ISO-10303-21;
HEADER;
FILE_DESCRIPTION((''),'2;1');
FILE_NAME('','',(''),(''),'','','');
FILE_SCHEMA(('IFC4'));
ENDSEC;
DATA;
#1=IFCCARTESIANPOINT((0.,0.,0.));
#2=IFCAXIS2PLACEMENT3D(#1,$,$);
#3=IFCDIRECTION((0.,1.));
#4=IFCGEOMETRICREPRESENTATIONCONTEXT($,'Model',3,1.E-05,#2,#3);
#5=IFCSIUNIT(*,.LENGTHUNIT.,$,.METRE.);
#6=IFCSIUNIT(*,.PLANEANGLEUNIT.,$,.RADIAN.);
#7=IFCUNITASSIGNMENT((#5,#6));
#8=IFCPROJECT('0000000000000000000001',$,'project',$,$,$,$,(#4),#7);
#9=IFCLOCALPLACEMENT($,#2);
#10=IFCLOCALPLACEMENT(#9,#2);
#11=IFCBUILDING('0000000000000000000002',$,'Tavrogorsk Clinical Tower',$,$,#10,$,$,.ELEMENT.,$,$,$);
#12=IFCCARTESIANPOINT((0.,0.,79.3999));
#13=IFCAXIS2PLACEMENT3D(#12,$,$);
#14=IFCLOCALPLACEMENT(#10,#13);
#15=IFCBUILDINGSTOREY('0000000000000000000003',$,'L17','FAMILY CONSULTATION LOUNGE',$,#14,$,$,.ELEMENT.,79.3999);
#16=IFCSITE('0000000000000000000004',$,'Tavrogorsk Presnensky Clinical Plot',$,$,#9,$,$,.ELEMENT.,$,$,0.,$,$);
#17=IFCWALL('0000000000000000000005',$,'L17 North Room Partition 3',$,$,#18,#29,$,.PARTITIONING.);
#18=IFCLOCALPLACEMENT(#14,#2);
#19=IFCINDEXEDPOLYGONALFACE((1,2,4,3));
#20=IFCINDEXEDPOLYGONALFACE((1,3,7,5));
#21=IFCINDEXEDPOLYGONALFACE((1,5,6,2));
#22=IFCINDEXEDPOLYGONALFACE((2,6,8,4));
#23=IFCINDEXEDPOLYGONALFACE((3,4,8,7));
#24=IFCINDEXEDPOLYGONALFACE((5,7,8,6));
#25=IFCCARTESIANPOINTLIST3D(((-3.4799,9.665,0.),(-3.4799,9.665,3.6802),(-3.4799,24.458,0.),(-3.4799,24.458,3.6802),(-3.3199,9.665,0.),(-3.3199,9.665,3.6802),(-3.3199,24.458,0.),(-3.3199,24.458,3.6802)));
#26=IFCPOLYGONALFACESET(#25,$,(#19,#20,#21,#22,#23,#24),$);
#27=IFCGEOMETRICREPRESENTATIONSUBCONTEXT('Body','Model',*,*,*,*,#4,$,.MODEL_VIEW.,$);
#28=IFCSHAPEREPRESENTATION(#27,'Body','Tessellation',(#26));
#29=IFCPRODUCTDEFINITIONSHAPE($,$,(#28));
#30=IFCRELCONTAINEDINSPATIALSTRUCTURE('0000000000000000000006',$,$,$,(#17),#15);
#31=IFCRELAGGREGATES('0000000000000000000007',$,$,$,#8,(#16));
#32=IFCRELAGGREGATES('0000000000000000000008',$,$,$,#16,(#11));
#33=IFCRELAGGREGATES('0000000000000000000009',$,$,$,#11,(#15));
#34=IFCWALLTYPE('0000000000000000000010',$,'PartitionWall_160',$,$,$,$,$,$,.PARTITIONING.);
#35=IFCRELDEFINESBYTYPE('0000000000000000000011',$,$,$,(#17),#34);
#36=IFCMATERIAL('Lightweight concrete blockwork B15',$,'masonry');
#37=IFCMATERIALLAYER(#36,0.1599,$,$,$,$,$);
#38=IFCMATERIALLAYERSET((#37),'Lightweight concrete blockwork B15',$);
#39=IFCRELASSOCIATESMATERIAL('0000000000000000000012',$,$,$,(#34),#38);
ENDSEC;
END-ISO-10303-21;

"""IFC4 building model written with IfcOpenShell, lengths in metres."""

from ifc_helpers import new_model, si_unit, direction, frame, frame_2d, origin, place, context, subcontext, project, spatial, rectangle, extrude, material, layer, layer_set, type_object, element, save


model = new_model("IFC4")

# Units and contexts
model_context = context("Model", 3, precision=1e-05, world=origin(), true_north=direction((0.0, 1.0)))
body_context = subcontext(model_context, "Body", "Model", "MODEL_VIEW")
ifc_project = project(units=[si_unit("LENGTHUNIT", "METRE"), si_unit("PLANEANGLEUNIT", "RADIAN")], contexts=[model_context])

# Site, building, storey
site_placement = place(None, origin())
site = spatial("IfcSite", under=ifc_project, at=site_placement, Name="Tavrogorsk Presnensky Clinical Plot", CompositionType="ELEMENT", RefElevation=0.0)
building_placement = place(site_placement, origin())
building = spatial("IfcBuilding", under=site, at=building_placement, Name="Tavrogorsk Clinical Tower", CompositionType="ELEMENT")
storey_placement = place(building_placement, frame((0.0, 0.0, 79.3999)))
storey = spatial("IfcBuildingStorey", under=building, at=storey_placement, Name="L17", Description="FAMILY CONSULTATION LOUNGE", CompositionType="ELEMENT", Elevation=79.3999)

# Wall
ifc_material_1 = material(Name="Lightweight concrete blockwork B15", Category="masonry")
ifc_layer_1 = layer(ifc_material_1, 0.1599)
ifc_layer_set_1 = layer_set([ifc_layer_1], Name="Lightweight concrete blockwork B15")
wall_type = type_object("IfcWallType", Name="PartitionWall_160", PredefinedType="PARTITIONING", material=ifc_layer_set_1)
wall_placement = place(storey_placement, frame((-3.3999, 9.665, 0.0), z_axis=(0.0, 0.0, 1.0), x_axis=(0.0, 1.0, 0.0)))
element("IfcWall", 1, at=wall_placement, inside=storey, type_object=wall_type, Name="L17 North Room Partition 3", PredefinedType="PARTITIONING", context=body_context, shape_type="SweptSolid", body=[
    extrude(rectangle(XDim=14.793, YDim=0.1599, at=frame_2d((7.3965, 0.0))), origin(), (0.0, 0.0, 1.0), 3.6802),
])

save(model, "model.ifc")
